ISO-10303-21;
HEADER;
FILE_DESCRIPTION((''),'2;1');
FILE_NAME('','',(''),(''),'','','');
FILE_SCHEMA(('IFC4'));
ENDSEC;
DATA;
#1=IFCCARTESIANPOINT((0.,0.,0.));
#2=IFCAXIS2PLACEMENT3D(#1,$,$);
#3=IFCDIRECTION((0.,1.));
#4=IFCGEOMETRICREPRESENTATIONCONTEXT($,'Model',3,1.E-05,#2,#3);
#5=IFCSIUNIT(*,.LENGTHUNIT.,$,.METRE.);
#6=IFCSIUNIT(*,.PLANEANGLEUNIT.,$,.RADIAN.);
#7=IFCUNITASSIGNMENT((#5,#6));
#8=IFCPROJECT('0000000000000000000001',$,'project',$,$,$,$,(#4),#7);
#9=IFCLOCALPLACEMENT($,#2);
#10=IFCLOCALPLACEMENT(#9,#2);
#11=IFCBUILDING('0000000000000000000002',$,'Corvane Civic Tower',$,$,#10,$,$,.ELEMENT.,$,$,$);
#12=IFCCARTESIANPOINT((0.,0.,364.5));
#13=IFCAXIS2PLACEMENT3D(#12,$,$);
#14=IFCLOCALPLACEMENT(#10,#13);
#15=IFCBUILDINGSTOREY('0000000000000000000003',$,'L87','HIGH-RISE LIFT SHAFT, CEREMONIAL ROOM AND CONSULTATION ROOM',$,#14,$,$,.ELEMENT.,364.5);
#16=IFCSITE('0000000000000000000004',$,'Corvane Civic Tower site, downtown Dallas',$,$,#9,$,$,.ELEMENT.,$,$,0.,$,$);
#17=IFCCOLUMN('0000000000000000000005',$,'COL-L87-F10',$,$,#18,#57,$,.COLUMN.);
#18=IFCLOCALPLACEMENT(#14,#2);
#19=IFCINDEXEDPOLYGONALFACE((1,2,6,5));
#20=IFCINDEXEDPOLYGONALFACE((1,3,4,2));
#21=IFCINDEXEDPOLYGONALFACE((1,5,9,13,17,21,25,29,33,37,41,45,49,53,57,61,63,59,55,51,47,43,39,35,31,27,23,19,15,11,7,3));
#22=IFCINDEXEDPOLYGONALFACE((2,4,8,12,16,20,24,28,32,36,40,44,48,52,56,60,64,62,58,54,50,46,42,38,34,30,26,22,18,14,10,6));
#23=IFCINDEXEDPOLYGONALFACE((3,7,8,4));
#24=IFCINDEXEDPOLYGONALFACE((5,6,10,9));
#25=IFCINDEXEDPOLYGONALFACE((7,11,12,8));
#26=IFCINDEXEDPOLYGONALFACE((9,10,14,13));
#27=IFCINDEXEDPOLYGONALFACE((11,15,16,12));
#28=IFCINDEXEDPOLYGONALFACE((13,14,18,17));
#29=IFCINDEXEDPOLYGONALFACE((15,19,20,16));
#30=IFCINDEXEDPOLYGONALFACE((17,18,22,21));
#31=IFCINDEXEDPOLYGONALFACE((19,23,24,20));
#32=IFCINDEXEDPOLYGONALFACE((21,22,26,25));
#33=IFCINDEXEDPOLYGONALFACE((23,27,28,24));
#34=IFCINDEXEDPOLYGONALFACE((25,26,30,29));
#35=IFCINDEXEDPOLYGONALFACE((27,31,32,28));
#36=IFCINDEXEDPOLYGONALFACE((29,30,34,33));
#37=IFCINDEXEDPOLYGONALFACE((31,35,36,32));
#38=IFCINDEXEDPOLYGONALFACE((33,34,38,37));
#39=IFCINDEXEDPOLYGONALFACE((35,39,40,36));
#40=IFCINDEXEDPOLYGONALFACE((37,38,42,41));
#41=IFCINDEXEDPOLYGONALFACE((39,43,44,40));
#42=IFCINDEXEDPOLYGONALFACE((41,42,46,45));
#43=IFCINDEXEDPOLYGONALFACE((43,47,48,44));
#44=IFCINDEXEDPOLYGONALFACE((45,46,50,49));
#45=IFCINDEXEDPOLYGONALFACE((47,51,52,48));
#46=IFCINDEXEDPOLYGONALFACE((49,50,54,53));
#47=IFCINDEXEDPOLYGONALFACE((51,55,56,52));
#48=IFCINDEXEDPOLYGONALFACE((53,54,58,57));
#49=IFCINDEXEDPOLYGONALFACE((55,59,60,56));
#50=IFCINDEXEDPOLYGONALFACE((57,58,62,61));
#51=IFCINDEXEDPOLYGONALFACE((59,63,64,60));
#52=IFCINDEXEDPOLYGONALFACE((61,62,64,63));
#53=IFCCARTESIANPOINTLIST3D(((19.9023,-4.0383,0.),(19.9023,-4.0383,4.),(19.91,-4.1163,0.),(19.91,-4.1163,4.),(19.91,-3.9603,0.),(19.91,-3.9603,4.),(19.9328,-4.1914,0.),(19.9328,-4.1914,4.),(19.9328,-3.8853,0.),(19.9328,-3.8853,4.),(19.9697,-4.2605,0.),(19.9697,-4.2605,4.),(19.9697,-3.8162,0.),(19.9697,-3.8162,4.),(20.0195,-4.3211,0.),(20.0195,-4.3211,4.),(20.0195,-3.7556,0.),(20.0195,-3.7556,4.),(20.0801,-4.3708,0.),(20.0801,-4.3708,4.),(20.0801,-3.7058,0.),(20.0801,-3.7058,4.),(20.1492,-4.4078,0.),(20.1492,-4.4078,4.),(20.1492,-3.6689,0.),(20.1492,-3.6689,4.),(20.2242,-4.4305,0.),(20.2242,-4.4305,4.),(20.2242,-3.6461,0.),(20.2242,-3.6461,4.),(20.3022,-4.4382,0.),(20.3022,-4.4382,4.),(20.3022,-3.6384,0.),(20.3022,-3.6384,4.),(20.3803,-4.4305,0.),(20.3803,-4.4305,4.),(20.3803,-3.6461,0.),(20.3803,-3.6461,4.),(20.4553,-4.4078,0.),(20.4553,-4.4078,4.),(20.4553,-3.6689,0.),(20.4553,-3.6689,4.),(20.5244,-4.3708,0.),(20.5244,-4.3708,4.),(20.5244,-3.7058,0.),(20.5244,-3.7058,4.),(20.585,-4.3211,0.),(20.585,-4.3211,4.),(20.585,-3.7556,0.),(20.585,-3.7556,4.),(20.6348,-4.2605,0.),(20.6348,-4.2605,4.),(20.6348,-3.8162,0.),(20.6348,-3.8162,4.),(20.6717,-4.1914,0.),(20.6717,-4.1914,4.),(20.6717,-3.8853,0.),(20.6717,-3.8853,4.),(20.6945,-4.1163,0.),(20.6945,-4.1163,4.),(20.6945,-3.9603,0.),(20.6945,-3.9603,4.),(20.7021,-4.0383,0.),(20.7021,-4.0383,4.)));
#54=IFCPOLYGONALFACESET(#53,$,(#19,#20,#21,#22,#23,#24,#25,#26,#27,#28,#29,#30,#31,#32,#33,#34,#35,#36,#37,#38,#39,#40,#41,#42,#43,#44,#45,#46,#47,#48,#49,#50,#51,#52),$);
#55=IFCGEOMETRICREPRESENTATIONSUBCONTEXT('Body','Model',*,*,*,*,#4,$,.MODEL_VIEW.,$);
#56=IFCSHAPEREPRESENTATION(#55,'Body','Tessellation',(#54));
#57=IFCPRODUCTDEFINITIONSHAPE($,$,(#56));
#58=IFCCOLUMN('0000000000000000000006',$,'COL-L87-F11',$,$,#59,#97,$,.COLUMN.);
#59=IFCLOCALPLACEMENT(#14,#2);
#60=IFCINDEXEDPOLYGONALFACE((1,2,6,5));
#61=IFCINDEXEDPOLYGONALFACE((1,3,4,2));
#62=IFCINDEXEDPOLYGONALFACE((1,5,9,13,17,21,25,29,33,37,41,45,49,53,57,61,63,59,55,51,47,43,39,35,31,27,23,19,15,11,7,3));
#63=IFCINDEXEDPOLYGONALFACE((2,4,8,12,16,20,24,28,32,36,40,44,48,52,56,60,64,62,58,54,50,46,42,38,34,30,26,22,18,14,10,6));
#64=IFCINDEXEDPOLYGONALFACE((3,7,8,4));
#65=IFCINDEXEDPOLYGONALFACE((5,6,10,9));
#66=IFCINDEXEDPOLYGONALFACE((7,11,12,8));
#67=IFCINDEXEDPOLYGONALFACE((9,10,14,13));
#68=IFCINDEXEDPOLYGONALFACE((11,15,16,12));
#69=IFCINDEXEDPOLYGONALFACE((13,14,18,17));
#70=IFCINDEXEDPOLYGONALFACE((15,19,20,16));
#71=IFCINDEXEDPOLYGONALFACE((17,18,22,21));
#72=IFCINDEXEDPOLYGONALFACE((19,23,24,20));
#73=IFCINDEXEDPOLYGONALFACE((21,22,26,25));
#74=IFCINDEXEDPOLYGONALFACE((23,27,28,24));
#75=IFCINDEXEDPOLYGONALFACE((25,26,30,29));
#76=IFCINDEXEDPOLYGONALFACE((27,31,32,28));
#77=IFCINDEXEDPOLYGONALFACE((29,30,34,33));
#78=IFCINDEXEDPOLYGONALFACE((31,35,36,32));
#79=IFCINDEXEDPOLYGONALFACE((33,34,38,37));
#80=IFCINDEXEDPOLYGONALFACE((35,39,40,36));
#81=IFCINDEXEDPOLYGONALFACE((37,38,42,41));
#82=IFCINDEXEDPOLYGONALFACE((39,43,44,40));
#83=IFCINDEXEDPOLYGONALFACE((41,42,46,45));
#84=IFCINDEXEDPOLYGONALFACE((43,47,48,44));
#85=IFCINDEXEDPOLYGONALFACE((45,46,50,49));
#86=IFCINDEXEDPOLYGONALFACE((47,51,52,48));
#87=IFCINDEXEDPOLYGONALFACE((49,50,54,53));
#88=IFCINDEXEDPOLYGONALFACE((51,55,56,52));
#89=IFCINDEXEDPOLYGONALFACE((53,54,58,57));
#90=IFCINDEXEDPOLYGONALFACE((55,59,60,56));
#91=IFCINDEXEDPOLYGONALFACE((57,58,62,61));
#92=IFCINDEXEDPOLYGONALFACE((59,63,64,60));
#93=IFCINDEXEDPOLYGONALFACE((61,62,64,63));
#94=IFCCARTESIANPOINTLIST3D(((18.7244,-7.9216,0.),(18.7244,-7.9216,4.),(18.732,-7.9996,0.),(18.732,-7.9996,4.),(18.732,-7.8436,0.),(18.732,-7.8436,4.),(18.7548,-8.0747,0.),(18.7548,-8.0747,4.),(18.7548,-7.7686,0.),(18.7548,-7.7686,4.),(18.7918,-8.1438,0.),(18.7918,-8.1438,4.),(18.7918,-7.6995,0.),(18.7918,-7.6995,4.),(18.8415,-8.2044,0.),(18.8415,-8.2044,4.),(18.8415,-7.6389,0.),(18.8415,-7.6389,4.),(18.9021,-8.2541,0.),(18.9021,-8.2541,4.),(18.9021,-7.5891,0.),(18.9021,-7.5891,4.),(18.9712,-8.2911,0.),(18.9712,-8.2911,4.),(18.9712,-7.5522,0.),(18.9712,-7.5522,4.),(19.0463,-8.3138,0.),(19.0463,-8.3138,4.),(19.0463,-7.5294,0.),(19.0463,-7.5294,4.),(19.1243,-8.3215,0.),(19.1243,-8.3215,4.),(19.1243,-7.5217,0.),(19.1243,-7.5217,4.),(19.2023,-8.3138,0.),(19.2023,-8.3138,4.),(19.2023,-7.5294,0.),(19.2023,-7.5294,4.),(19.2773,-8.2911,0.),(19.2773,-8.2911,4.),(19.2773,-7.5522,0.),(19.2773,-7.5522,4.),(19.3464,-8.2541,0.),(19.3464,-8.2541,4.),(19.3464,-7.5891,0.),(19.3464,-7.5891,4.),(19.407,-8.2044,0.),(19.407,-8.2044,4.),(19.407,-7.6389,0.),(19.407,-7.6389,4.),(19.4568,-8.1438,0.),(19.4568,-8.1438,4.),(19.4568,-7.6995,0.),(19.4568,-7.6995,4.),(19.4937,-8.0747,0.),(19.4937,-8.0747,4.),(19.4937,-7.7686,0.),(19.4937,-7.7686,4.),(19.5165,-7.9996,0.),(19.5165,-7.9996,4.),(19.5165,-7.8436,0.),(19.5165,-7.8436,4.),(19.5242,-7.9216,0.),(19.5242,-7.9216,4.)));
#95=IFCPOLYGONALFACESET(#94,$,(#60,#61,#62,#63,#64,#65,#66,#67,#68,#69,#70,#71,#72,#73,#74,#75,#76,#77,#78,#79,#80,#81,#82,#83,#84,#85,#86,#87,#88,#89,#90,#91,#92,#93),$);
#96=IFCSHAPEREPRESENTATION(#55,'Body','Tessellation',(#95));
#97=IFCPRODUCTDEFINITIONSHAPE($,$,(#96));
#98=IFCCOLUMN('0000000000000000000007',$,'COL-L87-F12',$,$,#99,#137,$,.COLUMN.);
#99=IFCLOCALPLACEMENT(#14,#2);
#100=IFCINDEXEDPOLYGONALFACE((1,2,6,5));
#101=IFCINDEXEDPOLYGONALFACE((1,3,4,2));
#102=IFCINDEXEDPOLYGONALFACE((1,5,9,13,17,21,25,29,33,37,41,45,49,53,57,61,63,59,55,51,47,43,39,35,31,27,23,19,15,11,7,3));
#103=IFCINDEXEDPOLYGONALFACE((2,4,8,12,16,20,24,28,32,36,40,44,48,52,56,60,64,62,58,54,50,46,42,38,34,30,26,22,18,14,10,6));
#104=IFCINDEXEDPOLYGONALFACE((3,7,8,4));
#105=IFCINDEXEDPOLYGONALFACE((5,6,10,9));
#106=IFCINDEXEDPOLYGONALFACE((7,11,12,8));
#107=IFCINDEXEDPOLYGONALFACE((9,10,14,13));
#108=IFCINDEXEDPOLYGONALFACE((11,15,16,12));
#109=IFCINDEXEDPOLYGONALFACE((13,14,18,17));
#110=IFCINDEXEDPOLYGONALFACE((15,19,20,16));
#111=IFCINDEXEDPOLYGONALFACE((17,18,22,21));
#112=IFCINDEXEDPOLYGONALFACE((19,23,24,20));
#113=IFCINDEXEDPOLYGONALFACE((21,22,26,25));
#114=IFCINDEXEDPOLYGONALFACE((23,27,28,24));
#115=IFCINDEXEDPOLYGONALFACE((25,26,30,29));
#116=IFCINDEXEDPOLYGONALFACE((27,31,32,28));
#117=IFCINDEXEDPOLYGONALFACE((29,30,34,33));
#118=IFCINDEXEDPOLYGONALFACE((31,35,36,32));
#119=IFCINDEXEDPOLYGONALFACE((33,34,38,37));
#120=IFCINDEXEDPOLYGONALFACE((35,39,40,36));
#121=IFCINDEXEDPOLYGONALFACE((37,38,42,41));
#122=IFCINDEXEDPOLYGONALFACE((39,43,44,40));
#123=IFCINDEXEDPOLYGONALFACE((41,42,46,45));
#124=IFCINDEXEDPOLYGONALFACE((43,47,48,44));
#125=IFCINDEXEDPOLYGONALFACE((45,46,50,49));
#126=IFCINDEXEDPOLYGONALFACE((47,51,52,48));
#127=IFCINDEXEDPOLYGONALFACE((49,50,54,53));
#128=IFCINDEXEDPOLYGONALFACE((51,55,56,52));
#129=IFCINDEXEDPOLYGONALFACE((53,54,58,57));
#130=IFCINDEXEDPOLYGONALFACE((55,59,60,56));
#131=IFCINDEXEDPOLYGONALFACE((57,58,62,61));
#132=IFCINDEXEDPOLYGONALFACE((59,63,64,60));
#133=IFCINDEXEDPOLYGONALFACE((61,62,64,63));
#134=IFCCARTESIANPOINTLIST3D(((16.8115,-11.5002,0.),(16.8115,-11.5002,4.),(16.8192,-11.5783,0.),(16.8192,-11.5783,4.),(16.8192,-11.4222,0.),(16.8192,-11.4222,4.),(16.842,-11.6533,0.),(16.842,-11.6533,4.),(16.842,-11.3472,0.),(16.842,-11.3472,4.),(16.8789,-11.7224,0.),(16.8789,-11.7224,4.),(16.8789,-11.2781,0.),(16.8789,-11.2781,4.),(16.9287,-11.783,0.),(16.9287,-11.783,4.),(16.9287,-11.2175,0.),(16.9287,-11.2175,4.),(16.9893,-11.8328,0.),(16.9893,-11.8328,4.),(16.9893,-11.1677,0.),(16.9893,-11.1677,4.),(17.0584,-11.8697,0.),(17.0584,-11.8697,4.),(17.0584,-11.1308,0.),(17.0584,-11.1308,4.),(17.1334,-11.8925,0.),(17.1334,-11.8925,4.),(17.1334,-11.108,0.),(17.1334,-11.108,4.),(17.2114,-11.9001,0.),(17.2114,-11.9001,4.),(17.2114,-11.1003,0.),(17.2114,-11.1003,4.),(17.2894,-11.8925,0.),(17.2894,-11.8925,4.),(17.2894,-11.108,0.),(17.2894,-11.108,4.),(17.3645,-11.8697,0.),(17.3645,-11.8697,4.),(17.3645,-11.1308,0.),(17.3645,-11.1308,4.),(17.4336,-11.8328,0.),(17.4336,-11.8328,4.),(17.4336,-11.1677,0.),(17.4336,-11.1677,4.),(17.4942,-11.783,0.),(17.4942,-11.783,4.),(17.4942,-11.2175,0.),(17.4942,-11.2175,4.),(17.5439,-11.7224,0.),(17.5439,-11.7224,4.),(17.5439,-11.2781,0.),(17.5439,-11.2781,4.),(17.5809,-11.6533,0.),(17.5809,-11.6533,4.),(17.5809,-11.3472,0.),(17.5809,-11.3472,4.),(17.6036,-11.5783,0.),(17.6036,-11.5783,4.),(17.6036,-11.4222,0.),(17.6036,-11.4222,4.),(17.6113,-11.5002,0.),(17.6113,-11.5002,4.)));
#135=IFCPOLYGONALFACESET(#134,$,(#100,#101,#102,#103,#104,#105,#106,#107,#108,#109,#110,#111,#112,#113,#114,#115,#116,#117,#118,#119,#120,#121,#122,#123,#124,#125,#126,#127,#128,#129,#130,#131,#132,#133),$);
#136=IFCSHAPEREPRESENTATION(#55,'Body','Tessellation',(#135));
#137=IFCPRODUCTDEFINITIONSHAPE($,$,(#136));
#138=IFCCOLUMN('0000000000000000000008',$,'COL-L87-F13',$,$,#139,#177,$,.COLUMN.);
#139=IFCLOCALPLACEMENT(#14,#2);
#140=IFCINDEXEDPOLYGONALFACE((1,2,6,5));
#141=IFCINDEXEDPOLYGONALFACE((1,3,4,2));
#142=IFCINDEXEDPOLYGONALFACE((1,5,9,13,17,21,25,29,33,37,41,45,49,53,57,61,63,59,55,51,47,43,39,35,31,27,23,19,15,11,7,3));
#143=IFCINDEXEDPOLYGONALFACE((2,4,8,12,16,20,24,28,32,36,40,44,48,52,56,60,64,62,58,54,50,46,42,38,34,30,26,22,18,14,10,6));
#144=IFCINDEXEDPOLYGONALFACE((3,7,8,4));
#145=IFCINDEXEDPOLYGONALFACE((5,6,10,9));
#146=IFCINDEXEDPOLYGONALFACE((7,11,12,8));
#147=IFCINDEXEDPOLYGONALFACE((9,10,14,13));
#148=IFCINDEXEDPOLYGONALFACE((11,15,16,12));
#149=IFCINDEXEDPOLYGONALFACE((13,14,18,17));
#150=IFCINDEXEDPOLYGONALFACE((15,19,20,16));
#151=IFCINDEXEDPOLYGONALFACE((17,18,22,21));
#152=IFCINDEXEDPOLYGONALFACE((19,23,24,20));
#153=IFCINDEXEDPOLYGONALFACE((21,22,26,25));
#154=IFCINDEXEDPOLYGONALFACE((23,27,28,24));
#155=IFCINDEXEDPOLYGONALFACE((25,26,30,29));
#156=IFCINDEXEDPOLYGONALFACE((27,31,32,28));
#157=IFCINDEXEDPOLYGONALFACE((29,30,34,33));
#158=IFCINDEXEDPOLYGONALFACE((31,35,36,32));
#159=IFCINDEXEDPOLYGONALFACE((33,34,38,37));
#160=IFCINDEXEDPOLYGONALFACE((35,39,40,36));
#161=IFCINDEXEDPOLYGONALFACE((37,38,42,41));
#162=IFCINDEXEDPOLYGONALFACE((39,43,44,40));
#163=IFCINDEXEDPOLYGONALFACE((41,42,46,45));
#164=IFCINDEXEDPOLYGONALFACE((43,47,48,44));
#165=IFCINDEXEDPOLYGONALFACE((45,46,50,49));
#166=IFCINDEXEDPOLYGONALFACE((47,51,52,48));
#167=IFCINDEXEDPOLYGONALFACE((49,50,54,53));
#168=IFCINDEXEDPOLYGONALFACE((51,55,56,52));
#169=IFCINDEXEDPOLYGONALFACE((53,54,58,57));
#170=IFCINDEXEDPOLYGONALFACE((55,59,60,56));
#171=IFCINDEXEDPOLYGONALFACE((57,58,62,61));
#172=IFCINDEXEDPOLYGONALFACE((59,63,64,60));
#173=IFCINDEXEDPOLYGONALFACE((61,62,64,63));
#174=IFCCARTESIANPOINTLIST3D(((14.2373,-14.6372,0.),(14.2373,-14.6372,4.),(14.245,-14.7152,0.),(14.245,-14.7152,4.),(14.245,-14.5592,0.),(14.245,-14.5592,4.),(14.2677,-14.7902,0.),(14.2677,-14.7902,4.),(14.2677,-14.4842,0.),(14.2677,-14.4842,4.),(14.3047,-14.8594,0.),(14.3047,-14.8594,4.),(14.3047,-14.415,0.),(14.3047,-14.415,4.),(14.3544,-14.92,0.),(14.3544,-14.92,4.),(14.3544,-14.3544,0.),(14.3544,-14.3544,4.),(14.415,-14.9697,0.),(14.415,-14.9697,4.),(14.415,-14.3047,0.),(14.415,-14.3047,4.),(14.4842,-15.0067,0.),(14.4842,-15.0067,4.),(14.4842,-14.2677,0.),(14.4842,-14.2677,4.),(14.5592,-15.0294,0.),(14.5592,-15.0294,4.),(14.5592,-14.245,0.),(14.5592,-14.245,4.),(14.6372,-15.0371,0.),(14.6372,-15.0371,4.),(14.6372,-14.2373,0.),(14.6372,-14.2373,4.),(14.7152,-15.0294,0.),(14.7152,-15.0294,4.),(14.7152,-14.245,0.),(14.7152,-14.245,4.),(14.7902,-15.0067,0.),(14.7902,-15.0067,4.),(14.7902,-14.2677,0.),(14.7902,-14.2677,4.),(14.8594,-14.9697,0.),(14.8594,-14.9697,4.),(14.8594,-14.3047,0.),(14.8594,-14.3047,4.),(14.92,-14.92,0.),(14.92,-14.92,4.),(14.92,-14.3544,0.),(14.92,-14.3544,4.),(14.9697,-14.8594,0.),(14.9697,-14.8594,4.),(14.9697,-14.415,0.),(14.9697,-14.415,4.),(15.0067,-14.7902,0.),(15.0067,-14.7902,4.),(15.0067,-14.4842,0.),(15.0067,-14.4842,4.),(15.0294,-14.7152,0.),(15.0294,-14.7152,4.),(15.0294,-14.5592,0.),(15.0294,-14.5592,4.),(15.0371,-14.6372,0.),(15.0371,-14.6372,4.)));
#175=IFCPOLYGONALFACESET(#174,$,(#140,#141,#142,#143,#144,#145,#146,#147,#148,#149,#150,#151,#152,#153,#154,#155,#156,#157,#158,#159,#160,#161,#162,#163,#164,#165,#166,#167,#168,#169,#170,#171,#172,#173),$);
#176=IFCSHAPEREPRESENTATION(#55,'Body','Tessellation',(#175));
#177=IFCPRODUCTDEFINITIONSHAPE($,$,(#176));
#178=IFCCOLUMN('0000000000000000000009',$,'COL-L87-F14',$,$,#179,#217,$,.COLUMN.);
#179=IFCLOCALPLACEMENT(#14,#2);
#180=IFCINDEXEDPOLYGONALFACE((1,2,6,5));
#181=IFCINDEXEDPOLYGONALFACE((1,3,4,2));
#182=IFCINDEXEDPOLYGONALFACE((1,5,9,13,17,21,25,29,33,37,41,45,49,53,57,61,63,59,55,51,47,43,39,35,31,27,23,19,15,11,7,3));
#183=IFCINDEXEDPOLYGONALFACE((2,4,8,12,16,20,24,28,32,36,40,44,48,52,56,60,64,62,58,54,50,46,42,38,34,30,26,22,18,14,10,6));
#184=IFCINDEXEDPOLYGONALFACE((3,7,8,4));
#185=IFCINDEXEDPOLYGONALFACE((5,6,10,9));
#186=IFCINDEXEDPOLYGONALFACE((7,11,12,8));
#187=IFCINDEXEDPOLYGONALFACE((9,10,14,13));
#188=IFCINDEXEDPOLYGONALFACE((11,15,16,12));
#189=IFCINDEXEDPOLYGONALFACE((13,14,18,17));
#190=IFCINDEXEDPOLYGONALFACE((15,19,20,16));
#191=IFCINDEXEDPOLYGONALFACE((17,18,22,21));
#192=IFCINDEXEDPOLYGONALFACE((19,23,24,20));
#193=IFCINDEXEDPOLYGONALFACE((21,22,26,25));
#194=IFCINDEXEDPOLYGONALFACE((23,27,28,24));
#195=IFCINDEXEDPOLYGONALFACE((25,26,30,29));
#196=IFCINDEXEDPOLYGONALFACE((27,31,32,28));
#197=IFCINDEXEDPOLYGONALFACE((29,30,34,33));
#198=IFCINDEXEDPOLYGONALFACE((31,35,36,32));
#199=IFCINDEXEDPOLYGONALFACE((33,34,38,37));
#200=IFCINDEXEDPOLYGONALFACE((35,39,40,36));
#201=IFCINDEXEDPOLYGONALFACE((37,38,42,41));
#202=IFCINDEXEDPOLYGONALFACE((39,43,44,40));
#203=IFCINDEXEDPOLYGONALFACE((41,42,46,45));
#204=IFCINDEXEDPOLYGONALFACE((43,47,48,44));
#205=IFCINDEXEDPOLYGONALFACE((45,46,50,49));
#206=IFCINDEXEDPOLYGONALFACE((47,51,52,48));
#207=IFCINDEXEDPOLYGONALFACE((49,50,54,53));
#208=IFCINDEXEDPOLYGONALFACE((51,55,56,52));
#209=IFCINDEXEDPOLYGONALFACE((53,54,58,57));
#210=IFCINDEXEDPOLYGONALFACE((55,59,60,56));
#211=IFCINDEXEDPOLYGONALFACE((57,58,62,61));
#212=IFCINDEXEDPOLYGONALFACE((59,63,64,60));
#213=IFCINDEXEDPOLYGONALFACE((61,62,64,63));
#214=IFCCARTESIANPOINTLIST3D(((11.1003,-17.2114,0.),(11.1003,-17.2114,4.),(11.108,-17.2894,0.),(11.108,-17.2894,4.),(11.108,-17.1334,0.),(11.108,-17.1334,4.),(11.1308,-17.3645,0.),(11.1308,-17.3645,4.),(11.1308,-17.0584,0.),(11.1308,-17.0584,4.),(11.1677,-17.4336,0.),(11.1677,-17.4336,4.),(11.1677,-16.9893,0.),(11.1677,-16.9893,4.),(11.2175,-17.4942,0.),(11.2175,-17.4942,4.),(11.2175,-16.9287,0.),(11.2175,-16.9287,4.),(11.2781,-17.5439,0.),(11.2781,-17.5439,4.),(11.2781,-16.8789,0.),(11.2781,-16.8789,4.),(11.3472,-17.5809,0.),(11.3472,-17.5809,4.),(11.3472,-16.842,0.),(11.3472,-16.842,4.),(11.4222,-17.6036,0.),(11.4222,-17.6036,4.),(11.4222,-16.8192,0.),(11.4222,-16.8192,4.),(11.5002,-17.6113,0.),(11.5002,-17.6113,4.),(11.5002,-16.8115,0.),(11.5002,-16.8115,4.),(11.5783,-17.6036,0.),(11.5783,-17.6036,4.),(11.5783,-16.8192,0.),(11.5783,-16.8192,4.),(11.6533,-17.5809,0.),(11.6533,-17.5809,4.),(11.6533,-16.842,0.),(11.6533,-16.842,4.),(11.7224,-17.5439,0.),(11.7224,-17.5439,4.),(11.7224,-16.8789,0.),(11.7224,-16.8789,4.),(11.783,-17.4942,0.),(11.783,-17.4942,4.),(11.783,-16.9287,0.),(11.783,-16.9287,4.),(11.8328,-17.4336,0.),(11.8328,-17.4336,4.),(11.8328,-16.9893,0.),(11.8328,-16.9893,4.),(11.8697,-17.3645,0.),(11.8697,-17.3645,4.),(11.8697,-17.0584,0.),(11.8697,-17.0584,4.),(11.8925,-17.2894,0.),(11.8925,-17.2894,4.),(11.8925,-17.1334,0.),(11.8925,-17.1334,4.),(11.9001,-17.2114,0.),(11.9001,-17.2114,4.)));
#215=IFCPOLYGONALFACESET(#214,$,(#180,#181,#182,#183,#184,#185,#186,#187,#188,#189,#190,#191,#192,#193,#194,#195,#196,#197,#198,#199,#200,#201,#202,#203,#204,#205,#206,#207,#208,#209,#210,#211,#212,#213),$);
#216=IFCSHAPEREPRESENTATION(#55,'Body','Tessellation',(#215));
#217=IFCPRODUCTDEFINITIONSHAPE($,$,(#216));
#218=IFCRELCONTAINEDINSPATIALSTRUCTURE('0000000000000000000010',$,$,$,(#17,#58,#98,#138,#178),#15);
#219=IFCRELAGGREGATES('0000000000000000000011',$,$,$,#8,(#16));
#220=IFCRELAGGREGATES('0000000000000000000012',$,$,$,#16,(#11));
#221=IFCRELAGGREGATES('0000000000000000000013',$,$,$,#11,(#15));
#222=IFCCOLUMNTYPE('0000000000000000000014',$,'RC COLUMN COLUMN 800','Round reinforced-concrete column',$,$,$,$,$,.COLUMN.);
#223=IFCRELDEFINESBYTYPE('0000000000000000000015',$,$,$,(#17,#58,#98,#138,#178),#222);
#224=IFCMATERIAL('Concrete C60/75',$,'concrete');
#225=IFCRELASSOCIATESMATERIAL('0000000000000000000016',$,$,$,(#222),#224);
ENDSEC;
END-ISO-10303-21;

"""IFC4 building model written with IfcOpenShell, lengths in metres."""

from ifc_helpers import new_model, si_unit, direction, frame, origin, origin_2d, place, context, subcontext, project, spatial, circle, extrude, material, material_profile, profile_set, type_object, element, save


model = new_model("IFC4")

# Units and contexts
model_context = context("Model", 3, precision=1e-05, world=origin(), true_north=direction((0.0, 1.0)))
body_context = subcontext(model_context, "Body", "Model", "MODEL_VIEW")
ifc_project = project(units=[si_unit("LENGTHUNIT", "METRE"), si_unit("PLANEANGLEUNIT", "RADIAN")], contexts=[model_context])

# Site, building, storey
site_placement = place(None, origin())
site = spatial("IfcSite", under=ifc_project, at=site_placement, Name="Corvane Civic Tower site, downtown Dallas", CompositionType="ELEMENT", RefElevation=0.0)
building_placement = place(site_placement, origin())
building = spatial("IfcBuilding", under=site, at=building_placement, Name="Corvane Civic Tower", CompositionType="ELEMENT")
storey_placement = place(building_placement, frame((0.0, 0.0, 364.5)))
storey = spatial("IfcBuildingStorey", under=building, at=storey_placement, Name="L87", Description="HIGH-RISE LIFT SHAFT, CEREMONIAL ROOM AND CONSULTATION ROOM", CompositionType="ELEMENT", Elevation=364.5)

# Columns
ifc_material_1 = material(Name="Concrete C60/75", Category="concrete")
ifc_material_profile_1 = material_profile(ifc_material_1, circle(Radius=0.3999, at=origin_2d()), Name="COLUMN 800")
ifc_profile_set_1 = profile_set([ifc_material_profile_1], Name="Concrete C60/75")
column_type = type_object("IfcColumnType", Name="RC COLUMN COLUMN 800", Description="Round reinforced-concrete column", PredefinedType="COLUMN", material=ifc_profile_set_1)
for number, where, z_axis, x_axis, name in (
    (1, (20.3022, -4.0383, 0.0), (0.0, 0.0, 1.0), (1.0, 0.0, 0.0), "COL-L87-F10"),
    (2, (19.1243, -7.9216, 0.0), (0.0, 0.0, 1.0), (1.0, 0.0, 0.0), "COL-L87-F11"),
    (3, (17.2114, -11.5002, 0.0), (0.0, 0.0, 1.0), (1.0, 0.0, 0.0), "COL-L87-F12"),
    (4, (14.6372, -14.6372, 0.0), (0.0, 0.0, 1.0), (1.0, 0.0, 0.0), "COL-L87-F13"),
    (5, (11.5002, -17.2114, 0.0), (0.0, 0.0, 1.0), (1.0, 0.0, 0.0), "COL-L87-F14"),
):
    element("IfcColumn", number, at=place(storey_placement, frame(where, z_axis=z_axis, x_axis=x_axis)), inside=storey, type_object=column_type, Name=name, PredefinedType="COLUMN", context=body_context, shape_type="SweptSolid", body=[
        extrude(circle(Radius=0.3999, at=origin_2d()), origin(), (0.0, 0.0, 1.0), 4.0),
    ])

save(model, "model.ifc")
